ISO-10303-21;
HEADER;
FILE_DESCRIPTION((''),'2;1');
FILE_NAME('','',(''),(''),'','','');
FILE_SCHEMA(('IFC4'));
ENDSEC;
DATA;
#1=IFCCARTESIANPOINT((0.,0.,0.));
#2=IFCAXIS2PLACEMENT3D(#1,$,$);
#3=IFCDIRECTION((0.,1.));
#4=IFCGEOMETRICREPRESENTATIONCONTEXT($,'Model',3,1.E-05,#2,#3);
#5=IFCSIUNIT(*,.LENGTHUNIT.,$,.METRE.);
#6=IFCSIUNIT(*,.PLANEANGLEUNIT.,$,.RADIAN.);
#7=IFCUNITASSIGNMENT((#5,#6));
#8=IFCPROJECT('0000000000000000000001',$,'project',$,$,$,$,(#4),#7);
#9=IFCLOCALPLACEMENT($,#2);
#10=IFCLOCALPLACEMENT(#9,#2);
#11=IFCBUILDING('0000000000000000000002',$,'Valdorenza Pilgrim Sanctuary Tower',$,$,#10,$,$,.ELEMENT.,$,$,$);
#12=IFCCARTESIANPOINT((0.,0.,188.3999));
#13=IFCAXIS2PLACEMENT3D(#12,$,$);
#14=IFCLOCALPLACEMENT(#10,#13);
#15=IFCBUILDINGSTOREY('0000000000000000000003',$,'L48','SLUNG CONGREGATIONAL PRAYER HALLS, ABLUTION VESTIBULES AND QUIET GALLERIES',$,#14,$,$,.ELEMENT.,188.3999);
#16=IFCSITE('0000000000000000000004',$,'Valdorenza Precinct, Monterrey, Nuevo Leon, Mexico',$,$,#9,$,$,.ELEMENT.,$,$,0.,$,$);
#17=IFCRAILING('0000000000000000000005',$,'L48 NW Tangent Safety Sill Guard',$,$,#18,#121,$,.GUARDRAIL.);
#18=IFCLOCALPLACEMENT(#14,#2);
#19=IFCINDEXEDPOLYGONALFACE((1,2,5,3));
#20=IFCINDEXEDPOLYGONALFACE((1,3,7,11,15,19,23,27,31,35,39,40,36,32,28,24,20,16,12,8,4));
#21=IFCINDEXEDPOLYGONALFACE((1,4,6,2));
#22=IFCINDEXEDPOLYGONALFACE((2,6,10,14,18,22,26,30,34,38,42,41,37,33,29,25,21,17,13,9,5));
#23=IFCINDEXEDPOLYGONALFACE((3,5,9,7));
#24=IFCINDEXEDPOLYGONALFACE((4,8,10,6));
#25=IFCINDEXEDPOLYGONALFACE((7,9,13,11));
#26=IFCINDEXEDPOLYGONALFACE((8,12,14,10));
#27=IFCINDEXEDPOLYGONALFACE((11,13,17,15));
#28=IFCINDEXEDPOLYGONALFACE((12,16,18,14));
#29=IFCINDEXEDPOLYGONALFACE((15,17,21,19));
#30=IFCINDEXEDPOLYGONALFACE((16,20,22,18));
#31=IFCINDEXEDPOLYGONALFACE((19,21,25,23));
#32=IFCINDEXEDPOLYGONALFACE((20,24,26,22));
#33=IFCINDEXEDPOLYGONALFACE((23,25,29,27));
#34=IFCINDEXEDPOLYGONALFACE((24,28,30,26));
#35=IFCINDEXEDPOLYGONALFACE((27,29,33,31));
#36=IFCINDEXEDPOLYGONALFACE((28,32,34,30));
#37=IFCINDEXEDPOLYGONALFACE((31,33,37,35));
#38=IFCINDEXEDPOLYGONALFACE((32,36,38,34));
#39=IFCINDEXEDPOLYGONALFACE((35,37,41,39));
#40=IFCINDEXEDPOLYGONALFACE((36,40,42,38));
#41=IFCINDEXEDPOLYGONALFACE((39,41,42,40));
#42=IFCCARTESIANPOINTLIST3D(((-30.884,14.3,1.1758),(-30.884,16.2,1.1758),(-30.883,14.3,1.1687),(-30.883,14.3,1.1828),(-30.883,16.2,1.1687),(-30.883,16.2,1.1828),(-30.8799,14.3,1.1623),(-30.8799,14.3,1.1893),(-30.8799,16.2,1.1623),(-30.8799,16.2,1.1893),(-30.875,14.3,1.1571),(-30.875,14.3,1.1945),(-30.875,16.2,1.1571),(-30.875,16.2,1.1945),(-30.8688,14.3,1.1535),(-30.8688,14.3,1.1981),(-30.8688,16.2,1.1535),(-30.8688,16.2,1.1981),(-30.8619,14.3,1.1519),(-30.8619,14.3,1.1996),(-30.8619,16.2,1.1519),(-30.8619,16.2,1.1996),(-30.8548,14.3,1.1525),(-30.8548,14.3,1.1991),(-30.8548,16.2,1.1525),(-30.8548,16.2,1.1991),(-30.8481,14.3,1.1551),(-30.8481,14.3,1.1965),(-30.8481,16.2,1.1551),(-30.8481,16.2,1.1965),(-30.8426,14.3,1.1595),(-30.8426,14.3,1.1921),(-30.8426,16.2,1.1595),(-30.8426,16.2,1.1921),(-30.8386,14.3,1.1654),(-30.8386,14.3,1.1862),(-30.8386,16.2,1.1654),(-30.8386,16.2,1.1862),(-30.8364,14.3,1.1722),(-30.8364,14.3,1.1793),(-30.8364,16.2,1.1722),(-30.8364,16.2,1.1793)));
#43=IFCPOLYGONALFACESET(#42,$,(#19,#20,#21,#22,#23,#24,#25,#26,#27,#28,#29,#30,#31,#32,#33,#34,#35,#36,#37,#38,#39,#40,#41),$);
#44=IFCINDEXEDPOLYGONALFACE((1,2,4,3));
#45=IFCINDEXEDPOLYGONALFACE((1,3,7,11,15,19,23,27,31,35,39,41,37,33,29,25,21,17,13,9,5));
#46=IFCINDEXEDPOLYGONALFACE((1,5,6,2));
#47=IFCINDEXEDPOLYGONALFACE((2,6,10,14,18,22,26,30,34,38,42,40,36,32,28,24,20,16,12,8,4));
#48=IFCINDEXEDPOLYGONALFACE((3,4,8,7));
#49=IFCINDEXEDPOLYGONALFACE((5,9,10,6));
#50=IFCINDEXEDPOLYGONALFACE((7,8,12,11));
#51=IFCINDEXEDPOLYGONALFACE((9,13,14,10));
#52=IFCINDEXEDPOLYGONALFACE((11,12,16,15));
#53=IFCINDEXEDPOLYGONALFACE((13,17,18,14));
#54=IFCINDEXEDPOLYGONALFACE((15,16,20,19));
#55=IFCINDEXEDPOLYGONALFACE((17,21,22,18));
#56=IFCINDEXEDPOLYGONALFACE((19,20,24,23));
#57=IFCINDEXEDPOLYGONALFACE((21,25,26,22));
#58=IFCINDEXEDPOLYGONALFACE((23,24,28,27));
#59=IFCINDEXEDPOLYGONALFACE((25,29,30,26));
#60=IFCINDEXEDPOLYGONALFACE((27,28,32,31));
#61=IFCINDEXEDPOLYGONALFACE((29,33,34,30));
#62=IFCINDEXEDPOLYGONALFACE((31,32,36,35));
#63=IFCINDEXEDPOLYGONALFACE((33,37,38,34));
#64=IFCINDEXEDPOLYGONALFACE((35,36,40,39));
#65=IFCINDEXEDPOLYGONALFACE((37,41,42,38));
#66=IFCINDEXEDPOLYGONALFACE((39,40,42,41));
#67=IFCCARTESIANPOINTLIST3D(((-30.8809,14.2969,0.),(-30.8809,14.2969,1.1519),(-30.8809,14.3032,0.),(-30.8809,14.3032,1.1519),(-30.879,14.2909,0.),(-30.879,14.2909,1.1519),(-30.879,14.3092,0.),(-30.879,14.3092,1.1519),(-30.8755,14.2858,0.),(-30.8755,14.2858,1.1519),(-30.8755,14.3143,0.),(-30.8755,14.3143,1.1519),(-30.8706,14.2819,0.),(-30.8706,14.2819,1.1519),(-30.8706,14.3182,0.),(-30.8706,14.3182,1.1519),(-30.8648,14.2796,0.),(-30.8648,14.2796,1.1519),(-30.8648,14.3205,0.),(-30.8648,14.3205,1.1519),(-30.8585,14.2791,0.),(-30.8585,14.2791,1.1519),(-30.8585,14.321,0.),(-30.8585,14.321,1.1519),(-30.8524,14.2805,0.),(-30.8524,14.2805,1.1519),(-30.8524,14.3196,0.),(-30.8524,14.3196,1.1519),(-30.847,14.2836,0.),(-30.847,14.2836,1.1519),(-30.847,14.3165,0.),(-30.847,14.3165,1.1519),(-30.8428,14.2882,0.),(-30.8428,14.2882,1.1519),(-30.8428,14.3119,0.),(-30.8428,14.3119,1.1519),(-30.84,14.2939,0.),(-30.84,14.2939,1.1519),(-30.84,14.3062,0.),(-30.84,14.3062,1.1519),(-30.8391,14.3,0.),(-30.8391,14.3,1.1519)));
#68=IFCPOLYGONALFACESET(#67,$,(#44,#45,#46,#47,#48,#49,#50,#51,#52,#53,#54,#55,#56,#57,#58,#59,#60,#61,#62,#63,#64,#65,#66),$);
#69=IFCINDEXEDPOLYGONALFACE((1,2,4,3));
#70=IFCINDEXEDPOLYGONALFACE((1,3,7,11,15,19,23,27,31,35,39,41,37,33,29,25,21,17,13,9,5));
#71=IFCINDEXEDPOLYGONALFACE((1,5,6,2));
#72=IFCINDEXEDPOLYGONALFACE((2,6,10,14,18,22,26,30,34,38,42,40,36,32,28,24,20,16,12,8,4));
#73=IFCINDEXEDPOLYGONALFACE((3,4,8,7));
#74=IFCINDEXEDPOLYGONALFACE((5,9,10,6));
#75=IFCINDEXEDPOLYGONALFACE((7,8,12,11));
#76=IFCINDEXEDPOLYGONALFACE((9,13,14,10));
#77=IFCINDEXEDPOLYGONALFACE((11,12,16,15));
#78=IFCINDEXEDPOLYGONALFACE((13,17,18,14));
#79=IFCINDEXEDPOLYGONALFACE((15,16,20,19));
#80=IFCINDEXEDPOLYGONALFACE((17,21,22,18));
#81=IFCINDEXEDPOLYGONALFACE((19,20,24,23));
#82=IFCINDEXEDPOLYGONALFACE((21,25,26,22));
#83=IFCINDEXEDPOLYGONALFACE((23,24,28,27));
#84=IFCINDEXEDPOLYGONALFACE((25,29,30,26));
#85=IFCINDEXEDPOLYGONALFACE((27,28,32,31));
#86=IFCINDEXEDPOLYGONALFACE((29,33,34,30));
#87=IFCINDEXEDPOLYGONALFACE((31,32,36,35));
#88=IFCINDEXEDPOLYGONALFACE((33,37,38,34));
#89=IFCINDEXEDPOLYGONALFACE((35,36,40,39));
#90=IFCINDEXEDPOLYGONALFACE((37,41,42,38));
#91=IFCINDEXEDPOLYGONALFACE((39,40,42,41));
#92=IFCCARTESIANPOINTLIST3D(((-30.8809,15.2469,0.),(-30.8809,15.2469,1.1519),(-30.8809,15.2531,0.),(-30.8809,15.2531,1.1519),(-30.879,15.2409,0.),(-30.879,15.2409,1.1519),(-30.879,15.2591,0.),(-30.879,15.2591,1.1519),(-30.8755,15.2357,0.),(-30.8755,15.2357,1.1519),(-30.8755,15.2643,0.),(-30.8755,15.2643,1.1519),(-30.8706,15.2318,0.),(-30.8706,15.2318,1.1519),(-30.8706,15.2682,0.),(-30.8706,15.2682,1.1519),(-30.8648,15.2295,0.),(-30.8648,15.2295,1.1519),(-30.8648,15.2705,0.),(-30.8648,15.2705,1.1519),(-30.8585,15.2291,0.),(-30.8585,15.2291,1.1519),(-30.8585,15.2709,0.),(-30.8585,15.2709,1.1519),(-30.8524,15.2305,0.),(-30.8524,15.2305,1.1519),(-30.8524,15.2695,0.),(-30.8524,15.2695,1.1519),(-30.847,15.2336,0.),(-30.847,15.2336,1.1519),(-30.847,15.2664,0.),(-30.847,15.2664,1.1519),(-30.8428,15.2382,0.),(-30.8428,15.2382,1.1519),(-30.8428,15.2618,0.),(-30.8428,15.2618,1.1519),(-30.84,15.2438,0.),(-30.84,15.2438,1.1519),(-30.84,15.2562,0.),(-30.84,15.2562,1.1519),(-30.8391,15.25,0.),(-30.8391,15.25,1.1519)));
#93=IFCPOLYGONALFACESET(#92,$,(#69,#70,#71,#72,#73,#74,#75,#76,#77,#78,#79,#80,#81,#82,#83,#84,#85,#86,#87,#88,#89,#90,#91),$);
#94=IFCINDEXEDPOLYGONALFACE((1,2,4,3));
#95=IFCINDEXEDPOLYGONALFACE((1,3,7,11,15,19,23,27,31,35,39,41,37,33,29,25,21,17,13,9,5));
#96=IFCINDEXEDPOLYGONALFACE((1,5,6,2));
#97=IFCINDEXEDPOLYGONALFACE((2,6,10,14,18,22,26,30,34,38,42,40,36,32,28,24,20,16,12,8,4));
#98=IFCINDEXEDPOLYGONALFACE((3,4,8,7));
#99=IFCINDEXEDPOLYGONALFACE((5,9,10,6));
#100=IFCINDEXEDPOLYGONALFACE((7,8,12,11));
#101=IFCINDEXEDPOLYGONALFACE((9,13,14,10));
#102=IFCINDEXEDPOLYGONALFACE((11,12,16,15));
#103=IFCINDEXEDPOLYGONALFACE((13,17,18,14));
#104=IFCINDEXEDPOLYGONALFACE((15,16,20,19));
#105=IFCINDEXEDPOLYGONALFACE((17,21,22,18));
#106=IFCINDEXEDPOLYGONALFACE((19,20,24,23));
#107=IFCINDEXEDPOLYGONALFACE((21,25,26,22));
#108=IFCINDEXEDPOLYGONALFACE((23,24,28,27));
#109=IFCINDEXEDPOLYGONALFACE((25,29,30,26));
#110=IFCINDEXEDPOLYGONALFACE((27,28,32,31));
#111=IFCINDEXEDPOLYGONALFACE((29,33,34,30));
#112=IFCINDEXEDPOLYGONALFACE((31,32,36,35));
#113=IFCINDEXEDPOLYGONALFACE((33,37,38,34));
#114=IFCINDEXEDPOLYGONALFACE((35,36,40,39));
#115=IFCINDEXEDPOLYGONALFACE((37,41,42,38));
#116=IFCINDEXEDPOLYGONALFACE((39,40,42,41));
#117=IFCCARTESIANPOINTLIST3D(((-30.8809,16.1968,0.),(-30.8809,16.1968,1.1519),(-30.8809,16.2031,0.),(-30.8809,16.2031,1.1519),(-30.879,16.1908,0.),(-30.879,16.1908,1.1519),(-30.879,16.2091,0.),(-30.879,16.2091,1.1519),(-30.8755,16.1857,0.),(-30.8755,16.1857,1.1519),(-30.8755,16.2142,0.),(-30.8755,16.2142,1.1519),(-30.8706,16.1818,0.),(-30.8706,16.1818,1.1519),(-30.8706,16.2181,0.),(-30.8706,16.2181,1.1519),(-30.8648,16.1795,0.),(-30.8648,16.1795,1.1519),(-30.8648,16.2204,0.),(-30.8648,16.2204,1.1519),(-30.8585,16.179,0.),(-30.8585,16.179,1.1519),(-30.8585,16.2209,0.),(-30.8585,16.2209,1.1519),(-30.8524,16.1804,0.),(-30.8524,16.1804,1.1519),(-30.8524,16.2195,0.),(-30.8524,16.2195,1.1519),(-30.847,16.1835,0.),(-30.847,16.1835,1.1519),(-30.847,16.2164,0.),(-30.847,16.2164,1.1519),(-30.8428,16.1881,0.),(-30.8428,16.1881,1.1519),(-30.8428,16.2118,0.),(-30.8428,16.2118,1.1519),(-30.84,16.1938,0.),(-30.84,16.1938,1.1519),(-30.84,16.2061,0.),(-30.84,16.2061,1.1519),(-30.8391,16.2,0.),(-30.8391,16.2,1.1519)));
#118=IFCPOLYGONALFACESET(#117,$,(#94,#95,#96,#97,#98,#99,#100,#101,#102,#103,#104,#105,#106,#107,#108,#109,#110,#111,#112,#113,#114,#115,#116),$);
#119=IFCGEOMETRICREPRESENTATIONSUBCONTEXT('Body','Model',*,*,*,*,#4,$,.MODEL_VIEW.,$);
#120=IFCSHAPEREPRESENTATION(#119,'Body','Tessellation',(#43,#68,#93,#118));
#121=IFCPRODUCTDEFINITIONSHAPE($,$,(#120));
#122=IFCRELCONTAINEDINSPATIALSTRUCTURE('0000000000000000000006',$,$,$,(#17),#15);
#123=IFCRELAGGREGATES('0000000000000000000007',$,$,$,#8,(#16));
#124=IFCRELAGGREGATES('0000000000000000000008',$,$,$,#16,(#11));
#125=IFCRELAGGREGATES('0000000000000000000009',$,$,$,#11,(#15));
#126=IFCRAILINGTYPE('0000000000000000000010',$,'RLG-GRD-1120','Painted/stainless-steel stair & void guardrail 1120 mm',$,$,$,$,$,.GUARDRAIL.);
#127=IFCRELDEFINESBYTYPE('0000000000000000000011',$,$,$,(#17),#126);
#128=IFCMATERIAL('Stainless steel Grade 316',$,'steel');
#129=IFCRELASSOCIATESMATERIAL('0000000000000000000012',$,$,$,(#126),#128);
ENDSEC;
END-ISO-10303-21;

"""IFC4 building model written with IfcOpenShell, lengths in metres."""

from ifc_helpers import new_model, si_unit, direction, frame, origin, origin_2d, place, context, subcontext, project, spatial, circle, extrude, material, type_object, element, save


model = new_model("IFC4")

# Units and contexts
model_context = context("Model", 3, precision=1e-05, world=origin(), true_north=direction((0.0, 1.0)))
body_context = subcontext(model_context, "Body", "Model", "MODEL_VIEW")
ifc_project = project(units=[si_unit("LENGTHUNIT", "METRE"), si_unit("PLANEANGLEUNIT", "RADIAN")], contexts=[model_context])

# Site, building, storey
site_placement = place(None, origin())
site = spatial("IfcSite", under=ifc_project, at=site_placement, Name="Valdorenza Precinct, Monterrey, Nuevo Leon, Mexico", CompositionType="ELEMENT", RefElevation=0.0)
building_placement = place(site_placement, origin())
building = spatial("IfcBuilding", under=site, at=building_placement, Name="Valdorenza Pilgrim Sanctuary Tower", CompositionType="ELEMENT")
storey_placement = place(building_placement, frame((0.0, 0.0, 188.3999)))
storey = spatial("IfcBuildingStorey", under=building, at=storey_placement, Name="L48", Description="SLUNG CONGREGATIONAL PRAYER HALLS, ABLUTION VESTIBULES AND QUIET GALLERIES", CompositionType="ELEMENT", Elevation=188.3999)

# Railing
ifc_material_1 = material(Name="Stainless steel Grade 316", Category="steel")
railing_type = type_object("IfcRailingType", Name="RLG-GRD-1120", Description="Painted/stainless-steel stair & void guardrail 1120 mm", PredefinedType="GUARDRAIL", material=ifc_material_1)
railing_placement = place(storey_placement, frame((-30.8601, 14.3, 0.0)))
element("IfcRailing", 1, at=railing_placement, inside=storey, type_object=railing_type, Name="L48 NW Tangent Safety Sill Guard", PredefinedType="GUARDRAIL", context=body_context, shape_type="SweptSolid", body=[
    extrude(circle(Radius=0.0239, at=origin_2d()), frame((0.0, 0.0, 1.1758), z_axis=(0.0, 1.0, 0.0), x_axis=(-1.0, 0.0, 0.0)), (0.0, 0.0, 1.0), 1.8999),
    extrude(circle(Radius=0.021, at=origin_2d()), origin(), (0.0, 0.0, 1.0), 1.1519),
    extrude(circle(Radius=0.021, at=origin_2d()), frame((0.0, 0.95, 0.0)), (0.0, 0.0, 1.0), 1.1519),
    extrude(circle(Radius=0.021, at=origin_2d()), frame((0.0, 1.8999, 0.0)), (0.0, 0.0, 1.0), 1.1519),
])

save(model, "model.ifc")
